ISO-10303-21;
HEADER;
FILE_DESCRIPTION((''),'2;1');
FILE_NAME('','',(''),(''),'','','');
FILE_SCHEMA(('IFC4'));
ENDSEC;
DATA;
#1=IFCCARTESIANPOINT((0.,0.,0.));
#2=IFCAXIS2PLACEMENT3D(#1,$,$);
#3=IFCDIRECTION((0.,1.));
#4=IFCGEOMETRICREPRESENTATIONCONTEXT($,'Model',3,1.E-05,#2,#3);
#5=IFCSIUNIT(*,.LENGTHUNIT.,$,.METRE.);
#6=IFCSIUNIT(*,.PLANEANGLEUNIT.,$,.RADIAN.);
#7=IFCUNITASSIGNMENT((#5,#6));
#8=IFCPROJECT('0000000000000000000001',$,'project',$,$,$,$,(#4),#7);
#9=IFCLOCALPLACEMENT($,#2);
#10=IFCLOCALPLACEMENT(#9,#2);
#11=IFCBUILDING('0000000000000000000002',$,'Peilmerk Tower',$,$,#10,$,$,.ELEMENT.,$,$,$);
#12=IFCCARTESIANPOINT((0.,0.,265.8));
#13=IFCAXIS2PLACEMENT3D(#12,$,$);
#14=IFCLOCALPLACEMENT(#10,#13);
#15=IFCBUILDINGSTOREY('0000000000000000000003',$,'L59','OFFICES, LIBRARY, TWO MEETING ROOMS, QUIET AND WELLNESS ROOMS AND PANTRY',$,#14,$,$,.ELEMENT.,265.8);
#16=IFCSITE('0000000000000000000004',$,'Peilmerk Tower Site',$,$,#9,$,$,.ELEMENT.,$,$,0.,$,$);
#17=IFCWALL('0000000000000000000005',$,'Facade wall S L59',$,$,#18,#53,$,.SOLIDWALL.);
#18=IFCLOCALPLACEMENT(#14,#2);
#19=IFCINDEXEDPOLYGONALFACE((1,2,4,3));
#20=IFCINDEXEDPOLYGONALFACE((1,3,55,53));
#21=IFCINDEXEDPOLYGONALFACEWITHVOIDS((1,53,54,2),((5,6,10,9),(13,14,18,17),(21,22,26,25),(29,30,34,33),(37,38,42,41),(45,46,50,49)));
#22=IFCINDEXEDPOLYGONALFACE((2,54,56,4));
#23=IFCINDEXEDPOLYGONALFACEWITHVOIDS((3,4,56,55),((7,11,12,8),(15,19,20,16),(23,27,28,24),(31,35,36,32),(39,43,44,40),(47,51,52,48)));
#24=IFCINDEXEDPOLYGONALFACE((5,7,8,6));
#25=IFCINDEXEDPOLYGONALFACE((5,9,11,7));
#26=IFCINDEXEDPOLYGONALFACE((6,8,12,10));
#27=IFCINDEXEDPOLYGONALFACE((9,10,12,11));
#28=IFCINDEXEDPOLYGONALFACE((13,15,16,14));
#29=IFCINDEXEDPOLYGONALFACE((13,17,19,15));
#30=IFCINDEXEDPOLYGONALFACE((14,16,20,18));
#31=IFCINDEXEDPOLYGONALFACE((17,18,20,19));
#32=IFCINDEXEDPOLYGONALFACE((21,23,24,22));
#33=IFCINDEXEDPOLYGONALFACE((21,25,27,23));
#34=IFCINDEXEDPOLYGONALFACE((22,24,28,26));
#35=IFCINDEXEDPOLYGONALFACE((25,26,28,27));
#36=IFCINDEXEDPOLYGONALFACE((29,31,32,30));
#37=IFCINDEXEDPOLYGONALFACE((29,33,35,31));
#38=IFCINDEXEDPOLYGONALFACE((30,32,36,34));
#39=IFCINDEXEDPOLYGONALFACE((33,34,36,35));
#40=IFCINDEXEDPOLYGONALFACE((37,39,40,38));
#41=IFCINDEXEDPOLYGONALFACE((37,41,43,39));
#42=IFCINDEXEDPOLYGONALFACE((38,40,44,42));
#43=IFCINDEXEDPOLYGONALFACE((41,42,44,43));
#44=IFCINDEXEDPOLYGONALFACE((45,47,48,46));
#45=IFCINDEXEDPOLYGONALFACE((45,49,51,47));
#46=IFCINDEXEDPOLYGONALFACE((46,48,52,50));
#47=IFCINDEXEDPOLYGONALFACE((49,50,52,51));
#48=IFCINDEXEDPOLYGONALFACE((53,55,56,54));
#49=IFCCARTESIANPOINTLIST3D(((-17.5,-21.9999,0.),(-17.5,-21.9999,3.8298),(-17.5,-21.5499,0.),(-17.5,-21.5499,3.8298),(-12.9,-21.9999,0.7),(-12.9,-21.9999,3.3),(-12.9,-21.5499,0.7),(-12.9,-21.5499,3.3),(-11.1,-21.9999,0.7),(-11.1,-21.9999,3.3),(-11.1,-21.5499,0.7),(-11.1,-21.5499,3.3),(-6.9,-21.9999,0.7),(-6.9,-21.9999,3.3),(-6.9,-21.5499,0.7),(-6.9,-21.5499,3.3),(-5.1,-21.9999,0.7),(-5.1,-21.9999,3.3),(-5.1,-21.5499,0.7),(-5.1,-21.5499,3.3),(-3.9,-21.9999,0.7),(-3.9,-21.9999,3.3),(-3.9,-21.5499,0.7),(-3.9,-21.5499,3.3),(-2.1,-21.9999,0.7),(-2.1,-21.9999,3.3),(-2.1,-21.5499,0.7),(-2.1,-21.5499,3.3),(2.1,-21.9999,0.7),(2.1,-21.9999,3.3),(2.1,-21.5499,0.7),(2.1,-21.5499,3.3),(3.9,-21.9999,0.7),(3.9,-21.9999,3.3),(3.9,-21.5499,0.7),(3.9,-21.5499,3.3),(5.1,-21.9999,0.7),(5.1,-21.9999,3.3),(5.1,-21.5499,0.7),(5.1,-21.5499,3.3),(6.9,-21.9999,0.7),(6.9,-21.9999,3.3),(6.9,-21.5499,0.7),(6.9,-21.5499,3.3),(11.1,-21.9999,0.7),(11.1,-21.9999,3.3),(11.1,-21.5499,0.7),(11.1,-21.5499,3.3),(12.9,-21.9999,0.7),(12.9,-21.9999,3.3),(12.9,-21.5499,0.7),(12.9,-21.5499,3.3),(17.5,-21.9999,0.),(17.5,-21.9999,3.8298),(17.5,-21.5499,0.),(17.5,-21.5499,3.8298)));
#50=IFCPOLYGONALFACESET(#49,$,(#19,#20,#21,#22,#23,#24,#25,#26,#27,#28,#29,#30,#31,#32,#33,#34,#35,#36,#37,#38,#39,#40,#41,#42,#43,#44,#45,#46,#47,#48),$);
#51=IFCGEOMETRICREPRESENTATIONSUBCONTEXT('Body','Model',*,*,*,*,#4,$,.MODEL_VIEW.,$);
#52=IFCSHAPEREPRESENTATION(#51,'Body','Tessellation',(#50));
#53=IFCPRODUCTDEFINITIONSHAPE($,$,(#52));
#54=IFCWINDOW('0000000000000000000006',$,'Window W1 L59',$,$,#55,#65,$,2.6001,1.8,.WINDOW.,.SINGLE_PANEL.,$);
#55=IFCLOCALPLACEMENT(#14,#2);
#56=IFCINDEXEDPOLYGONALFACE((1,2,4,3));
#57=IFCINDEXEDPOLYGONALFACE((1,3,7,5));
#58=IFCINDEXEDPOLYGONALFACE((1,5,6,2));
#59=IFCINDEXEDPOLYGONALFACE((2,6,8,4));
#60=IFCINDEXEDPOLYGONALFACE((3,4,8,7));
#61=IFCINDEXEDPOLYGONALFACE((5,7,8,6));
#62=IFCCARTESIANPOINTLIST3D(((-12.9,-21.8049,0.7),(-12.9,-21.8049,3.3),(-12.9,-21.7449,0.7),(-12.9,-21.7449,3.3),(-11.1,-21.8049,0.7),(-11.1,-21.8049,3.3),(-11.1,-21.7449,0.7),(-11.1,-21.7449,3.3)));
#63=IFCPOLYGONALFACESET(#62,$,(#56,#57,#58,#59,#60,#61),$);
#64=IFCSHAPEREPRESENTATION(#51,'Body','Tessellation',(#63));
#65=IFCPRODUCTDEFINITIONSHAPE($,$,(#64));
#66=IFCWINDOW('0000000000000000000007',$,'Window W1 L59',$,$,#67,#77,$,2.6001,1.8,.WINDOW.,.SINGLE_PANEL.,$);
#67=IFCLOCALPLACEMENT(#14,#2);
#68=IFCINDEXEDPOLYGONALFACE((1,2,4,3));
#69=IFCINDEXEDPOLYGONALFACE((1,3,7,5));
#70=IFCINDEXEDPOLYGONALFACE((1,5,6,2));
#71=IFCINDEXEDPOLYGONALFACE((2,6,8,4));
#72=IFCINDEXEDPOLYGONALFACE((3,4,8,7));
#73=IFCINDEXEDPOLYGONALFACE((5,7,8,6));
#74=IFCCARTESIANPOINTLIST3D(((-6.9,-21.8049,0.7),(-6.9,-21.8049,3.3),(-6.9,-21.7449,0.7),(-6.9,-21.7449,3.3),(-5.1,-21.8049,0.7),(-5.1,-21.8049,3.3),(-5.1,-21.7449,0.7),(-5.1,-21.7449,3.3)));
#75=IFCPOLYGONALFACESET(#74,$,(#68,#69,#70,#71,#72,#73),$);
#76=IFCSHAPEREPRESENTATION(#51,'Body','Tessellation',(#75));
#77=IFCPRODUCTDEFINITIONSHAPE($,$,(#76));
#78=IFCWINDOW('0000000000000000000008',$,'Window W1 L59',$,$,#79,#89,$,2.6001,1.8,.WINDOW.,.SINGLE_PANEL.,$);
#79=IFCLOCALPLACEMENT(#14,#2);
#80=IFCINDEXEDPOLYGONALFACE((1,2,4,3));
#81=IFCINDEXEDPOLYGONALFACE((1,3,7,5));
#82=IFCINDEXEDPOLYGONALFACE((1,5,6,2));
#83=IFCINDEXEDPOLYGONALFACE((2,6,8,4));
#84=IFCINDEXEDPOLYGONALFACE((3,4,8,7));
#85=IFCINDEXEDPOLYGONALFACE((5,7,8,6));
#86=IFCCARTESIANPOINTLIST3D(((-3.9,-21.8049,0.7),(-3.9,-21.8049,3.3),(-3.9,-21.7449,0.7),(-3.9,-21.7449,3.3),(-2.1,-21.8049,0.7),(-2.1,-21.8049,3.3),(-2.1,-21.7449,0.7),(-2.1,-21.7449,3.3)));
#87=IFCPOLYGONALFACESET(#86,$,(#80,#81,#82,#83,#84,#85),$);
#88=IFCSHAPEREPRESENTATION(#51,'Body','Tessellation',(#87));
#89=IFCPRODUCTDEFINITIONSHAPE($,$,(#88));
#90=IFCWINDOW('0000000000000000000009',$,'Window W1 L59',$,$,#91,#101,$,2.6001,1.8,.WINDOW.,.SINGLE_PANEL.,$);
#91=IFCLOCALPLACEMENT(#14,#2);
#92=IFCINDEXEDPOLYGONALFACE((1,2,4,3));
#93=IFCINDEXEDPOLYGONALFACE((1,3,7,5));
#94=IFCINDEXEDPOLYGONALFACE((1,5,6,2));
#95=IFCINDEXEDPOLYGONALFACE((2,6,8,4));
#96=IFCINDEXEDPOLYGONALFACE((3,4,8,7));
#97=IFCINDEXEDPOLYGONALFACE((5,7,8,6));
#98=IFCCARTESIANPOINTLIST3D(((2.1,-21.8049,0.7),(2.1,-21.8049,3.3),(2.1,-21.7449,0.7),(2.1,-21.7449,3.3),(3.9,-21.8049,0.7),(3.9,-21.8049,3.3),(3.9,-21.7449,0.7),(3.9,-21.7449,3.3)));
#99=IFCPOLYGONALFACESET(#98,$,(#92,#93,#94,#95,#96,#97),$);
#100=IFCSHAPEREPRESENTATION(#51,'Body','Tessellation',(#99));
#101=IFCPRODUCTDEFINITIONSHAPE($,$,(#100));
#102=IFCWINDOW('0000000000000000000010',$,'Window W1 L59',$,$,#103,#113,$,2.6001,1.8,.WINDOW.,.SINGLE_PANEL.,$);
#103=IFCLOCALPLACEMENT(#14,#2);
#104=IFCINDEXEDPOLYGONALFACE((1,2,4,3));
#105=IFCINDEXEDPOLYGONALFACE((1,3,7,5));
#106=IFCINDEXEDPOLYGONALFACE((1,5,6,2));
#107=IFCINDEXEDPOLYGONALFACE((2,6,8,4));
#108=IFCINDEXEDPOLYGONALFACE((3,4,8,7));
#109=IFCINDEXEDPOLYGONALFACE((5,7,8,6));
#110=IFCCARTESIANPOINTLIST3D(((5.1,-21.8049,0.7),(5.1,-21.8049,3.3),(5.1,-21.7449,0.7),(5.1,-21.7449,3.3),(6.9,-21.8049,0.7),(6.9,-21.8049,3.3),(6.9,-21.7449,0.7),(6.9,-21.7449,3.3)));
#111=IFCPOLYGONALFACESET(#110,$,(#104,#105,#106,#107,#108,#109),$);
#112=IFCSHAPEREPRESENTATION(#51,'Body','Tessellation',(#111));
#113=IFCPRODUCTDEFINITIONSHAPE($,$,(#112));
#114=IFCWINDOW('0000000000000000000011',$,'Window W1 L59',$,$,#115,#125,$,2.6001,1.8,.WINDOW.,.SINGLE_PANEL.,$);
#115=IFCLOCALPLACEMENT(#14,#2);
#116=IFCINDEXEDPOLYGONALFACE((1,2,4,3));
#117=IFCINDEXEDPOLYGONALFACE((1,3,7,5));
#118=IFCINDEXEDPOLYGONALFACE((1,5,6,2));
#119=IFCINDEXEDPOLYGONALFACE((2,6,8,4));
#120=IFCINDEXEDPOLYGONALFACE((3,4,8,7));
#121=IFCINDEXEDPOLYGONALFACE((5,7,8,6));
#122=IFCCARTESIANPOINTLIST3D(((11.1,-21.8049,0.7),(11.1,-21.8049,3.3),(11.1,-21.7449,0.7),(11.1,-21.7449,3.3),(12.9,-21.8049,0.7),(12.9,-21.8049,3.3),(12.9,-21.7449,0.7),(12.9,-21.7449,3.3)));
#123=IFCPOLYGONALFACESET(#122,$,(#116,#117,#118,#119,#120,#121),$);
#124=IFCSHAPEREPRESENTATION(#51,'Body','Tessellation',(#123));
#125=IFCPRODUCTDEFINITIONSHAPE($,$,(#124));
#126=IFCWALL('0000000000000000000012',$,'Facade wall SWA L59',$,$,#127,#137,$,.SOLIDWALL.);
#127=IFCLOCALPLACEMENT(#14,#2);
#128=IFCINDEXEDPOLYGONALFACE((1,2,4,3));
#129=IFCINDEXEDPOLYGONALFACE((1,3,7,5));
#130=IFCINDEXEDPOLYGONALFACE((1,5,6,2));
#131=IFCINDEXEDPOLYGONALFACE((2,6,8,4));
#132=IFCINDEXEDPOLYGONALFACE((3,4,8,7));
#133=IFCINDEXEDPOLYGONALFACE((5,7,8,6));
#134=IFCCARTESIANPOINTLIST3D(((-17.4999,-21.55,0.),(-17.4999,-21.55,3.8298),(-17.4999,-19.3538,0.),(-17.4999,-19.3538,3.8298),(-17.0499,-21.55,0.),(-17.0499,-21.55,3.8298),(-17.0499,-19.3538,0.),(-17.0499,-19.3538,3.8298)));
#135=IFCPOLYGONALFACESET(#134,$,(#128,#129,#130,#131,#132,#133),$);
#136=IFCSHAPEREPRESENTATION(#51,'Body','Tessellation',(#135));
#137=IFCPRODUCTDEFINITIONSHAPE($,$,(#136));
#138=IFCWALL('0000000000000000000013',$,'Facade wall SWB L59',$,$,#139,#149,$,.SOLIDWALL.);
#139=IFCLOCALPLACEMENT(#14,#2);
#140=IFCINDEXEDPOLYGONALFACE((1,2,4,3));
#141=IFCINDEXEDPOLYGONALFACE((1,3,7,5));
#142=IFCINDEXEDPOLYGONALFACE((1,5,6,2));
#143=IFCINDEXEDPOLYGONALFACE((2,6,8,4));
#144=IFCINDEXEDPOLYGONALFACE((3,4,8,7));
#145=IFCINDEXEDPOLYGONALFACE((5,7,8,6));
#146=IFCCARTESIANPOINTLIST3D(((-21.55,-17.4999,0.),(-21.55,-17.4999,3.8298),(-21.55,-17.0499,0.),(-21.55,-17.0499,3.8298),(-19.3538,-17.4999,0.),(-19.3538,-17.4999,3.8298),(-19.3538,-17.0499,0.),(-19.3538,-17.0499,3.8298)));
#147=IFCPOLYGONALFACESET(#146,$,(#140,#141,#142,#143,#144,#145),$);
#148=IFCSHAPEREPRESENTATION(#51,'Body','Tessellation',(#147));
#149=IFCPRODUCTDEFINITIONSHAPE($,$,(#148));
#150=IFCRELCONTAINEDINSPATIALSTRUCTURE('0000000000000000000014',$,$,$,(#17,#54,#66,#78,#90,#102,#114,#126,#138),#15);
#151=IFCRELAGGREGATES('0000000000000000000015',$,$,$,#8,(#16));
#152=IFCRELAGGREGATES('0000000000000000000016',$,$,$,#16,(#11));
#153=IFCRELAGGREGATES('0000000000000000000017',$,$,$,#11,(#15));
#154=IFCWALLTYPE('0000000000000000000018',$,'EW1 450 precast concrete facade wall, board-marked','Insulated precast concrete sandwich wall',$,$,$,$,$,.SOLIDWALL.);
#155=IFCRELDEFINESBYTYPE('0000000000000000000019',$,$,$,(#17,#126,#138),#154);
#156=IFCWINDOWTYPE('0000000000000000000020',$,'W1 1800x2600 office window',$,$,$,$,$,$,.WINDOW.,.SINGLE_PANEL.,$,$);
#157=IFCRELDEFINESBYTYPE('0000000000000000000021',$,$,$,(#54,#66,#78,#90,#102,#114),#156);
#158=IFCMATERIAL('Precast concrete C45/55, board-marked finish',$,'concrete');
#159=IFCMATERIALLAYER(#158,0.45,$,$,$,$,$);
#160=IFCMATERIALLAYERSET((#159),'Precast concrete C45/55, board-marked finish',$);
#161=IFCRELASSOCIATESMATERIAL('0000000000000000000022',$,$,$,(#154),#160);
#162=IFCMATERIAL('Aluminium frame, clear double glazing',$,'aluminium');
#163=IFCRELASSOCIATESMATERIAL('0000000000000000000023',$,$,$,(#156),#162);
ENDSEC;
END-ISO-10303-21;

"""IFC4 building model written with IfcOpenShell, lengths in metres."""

from ifc_helpers import new_model, si_unit, direction, frame, frame_2d, origin, place, context, subcontext, project, spatial, rectangle, extrude, material, layer, layer_set, type_object, element, fill, save


model = new_model("IFC4")

# Units and contexts
model_context = context("Model", 3, precision=1e-05, world=origin(), true_north=direction((0.0, 1.0)))
body_context = subcontext(model_context, "Body", "Model", "MODEL_VIEW")
ifc_project = project(units=[si_unit("LENGTHUNIT", "METRE"), si_unit("PLANEANGLEUNIT", "RADIAN")], contexts=[model_context])

# Site, building, storey
site_placement = place(None, origin())
site = spatial("IfcSite", under=ifc_project, at=site_placement, Name="Peilmerk Tower Site", CompositionType="ELEMENT", RefElevation=0.0)
building_placement = place(site_placement, origin())
building = spatial("IfcBuilding", under=site, at=building_placement, Name="Peilmerk Tower", CompositionType="ELEMENT")
storey_placement = place(building_placement, frame((0.0, 0.0, 265.8)))
storey = spatial("IfcBuildingStorey", under=building, at=storey_placement, Name="L59", Description="OFFICES, LIBRARY, TWO MEETING ROOMS, QUIET AND WELLNESS ROOMS AND PANTRY", CompositionType="ELEMENT", Elevation=265.8)

# Wall, openings, windows
ifc_material_1 = material(Name="Precast concrete C45/55, board-marked finish", Category="concrete")
ifc_layer_1 = layer(ifc_material_1, 0.45)
ifc_layer_set_1 = layer_set([ifc_layer_1], Name="Precast concrete C45/55, board-marked finish")
wall_type = type_object("IfcWallType", Name="EW1 450 precast concrete facade wall, board-marked", Description="Insulated precast concrete sandwich wall", PredefinedType="SOLIDWALL", material=ifc_layer_set_1)
wall_placement = place(storey_placement, frame((-17.5, -21.7749, 0.0), z_axis=(0.0, 0.0, 1.0), x_axis=(1.0, 0.0, 0.0)))
wall = element("IfcWall", 1, at=wall_placement, inside=storey, type_object=wall_type, Name="Facade wall S L59", PredefinedType="SOLIDWALL", context=body_context, shape_type="SweptSolid", body=[
    extrude(rectangle(XDim=35.0, YDim=0.45, at=frame_2d((17.5, 0.0))), origin(), (0.0, 0.0, 1.0), 3.8298),
])
opening_1_placement = place(wall_placement, frame((4.6001, 0.0, 0.7)))
opening_1 = element("IfcOpeningElement", 2, at=opening_1_placement, cuts=wall, PredefinedType="OPENING", context=body_context, shape_type="SweptSolid", body=[
    extrude(rectangle(XDim=1.8, YDim=2.6001, at=frame_2d((0.8999, 1.3))), frame((0.0, 0.2349, 0.0), z_axis=(0.0, -1.0, 0.0), x_axis=(1.0, 0.0, 0.0)), (0.0, 0.0, 1.0), 0.47),
])
opening_2_placement = place(wall_placement, frame((10.6001, 0.0, 0.7)))
opening_2 = element("IfcOpeningElement", 3, at=opening_2_placement, cuts=wall, PredefinedType="OPENING", context=body_context, shape_type="SweptSolid", body=[
    extrude(rectangle(XDim=1.8, YDim=2.6001, at=frame_2d((0.8999, 1.3))), frame((0.0, 0.2349, 0.0), z_axis=(0.0, -1.0, 0.0), x_axis=(1.0, 0.0, 0.0)), (0.0, 0.0, 1.0), 0.47),
])
opening_3_placement = place(wall_placement, frame((13.6001, 0.0, 0.7)))
opening_3 = element("IfcOpeningElement", 4, at=opening_3_placement, cuts=wall, PredefinedType="OPENING", context=body_context, shape_type="SweptSolid", body=[
    extrude(rectangle(XDim=1.8, YDim=2.6001, at=frame_2d((0.8999, 1.3))), frame((0.0, 0.2349, 0.0), z_axis=(0.0, -1.0, 0.0), x_axis=(1.0, 0.0, 0.0)), (0.0, 0.0, 1.0), 0.47),
])
opening_4_placement = place(wall_placement, frame((19.6001, 0.0, 0.7)))
opening_4 = element("IfcOpeningElement", 5, at=opening_4_placement, cuts=wall, PredefinedType="OPENING", context=body_context, shape_type="SweptSolid", body=[
    extrude(rectangle(XDim=1.8, YDim=2.6001, at=frame_2d((0.8999, 1.3))), frame((0.0, 0.2349, 0.0), z_axis=(0.0, -1.0, 0.0), x_axis=(1.0, 0.0, 0.0)), (0.0, 0.0, 1.0), 0.47),
])
opening_5_placement = place(wall_placement, frame((22.6001, 0.0, 0.7)))
opening_5 = element("IfcOpeningElement", 6, at=opening_5_placement, cuts=wall, PredefinedType="OPENING", context=body_context, shape_type="SweptSolid", body=[
    extrude(rectangle(XDim=1.8, YDim=2.6001, at=frame_2d((0.8999, 1.3))), frame((0.0, 0.2349, 0.0), z_axis=(0.0, -1.0, 0.0), x_axis=(1.0, 0.0, 0.0)), (0.0, 0.0, 1.0), 0.47),
])
opening_6_placement = place(wall_placement, frame((28.6001, 0.0, 0.7)))
opening_6 = element("IfcOpeningElement", 7, at=opening_6_placement, cuts=wall, PredefinedType="OPENING", context=body_context, shape_type="SweptSolid", body=[
    extrude(rectangle(XDim=1.8, YDim=2.6001, at=frame_2d((0.8999, 1.3))), frame((0.0, 0.2349, 0.0), z_axis=(0.0, -1.0, 0.0), x_axis=(1.0, 0.0, 0.0)), (0.0, 0.0, 1.0), 0.47),
])
ifc_material_2 = material(Name="Aluminium frame, clear double glazing", Category="aluminium")
window_type = type_object("IfcWindowType", Name="W1 1800x2600 office window", PartitioningType="SINGLE_PANEL", PredefinedType="WINDOW", material=ifc_material_2)
window_1_placement = place(opening_1_placement, origin())
window_1 = element("IfcWindow", 8, at=window_1_placement, inside=storey, type_object=window_type, Name="Window W1 L59", OverallHeight=2.6001, OverallWidth=1.8, PartitioningType="SINGLE_PANEL", PredefinedType="WINDOW", context=body_context, shape_type="SweptSolid", body=[
    extrude(rectangle(XDim=1.8, YDim=2.6001, at=frame_2d((0.8999, 1.3))), frame((0.0, 0.03, 0.0), z_axis=(0.0, -1.0, 0.0), x_axis=(1.0, 0.0, 0.0)), (0.0, 0.0, 1.0), 0.0601),
])
fill(opening_1, window_1)
window_2_placement = place(opening_2_placement, origin())
window_2 = element("IfcWindow", 9, at=window_2_placement, inside=storey, type_object=window_type, Name="Window W1 L59", OverallHeight=2.6001, OverallWidth=1.8, PartitioningType="SINGLE_PANEL", PredefinedType="WINDOW", context=body_context, shape_type="SweptSolid", body=[
    extrude(rectangle(XDim=1.8, YDim=2.6001, at=frame_2d((0.8999, 1.3))), frame((0.0, 0.03, 0.0), z_axis=(0.0, -1.0, 0.0), x_axis=(1.0, 0.0, 0.0)), (0.0, 0.0, 1.0), 0.0601),
])
fill(opening_2, window_2)
window_3_placement = place(opening_3_placement, origin())
window_3 = element("IfcWindow", 10, at=window_3_placement, inside=storey, type_object=window_type, Name="Window W1 L59", OverallHeight=2.6001, OverallWidth=1.8, PartitioningType="SINGLE_PANEL", PredefinedType="WINDOW", context=body_context, shape_type="SweptSolid", body=[
    extrude(rectangle(XDim=1.8, YDim=2.6001, at=frame_2d((0.8999, 1.3))), frame((0.0, 0.03, 0.0), z_axis=(0.0, -1.0, 0.0), x_axis=(1.0, 0.0, 0.0)), (0.0, 0.0, 1.0), 0.0601),
])
fill(opening_3, window_3)
window_4_placement = place(opening_4_placement, origin())
window_4 = element("IfcWindow", 11, at=window_4_placement, inside=storey, type_object=window_type, Name="Window W1 L59", OverallHeight=2.6001, OverallWidth=1.8, PartitioningType="SINGLE_PANEL", PredefinedType="WINDOW", context=body_context, shape_type="SweptSolid", body=[
    extrude(rectangle(XDim=1.8, YDim=2.6001, at=frame_2d((0.8999, 1.3))), frame((0.0, 0.03, 0.0), z_axis=(0.0, -1.0, 0.0), x_axis=(1.0, 0.0, 0.0)), (0.0, 0.0, 1.0), 0.0601),
])
fill(opening_4, window_4)
window_5_placement = place(opening_5_placement, origin())
window_5 = element("IfcWindow", 12, at=window_5_placement, inside=storey, type_object=window_type, Name="Window W1 L59", OverallHeight=2.6001, OverallWidth=1.8, PartitioningType="SINGLE_PANEL", PredefinedType="WINDOW", context=body_context, shape_type="SweptSolid", body=[
    extrude(rectangle(XDim=1.8, YDim=2.6001, at=frame_2d((0.8999, 1.3))), frame((0.0, 0.03, 0.0), z_axis=(0.0, -1.0, 0.0), x_axis=(1.0, 0.0, 0.0)), (0.0, 0.0, 1.0), 0.0601),
])
fill(opening_5, window_5)
window_6_placement = place(opening_6_placement, origin())
window_6 = element("IfcWindow", 13, at=window_6_placement, inside=storey, type_object=window_type, Name="Window W1 L59", OverallHeight=2.6001, OverallWidth=1.8, PartitioningType="SINGLE_PANEL", PredefinedType="WINDOW", context=body_context, shape_type="SweptSolid", body=[
    extrude(rectangle(XDim=1.8, YDim=2.6001, at=frame_2d((0.8999, 1.3))), frame((0.0, 0.03, 0.0), z_axis=(0.0, -1.0, 0.0), x_axis=(1.0, 0.0, 0.0)), (0.0, 0.0, 1.0), 0.0601),
])
fill(opening_6, window_6)

# Walls
for number, where, z_axis, x_axis, name in (
    (14, (-17.2749, -19.3538, 0.0), (0.0, 0.0, 1.0), (0.0, -1.0, 0.0), "Facade wall SWA L59"),
    (15, (-19.3538, -17.2749, 0.0), (0.0, 0.0, 1.0), (-1.0, 0.0, 0.0), "Facade wall SWB L59"),
):
    element("IfcWall", number, at=place(storey_placement, frame(where, z_axis=z_axis, x_axis=x_axis)), inside=storey, type_object=wall_type, Name=name, PredefinedType="SOLIDWALL", context=body_context, shape_type="SweptSolid", body=[
        extrude(rectangle(XDim=2.1963, YDim=0.45, at=frame_2d((1.0981, 0.0))), origin(), (0.0, 0.0, 1.0), 3.8298),
    ])

save(model, "model.ifc")
